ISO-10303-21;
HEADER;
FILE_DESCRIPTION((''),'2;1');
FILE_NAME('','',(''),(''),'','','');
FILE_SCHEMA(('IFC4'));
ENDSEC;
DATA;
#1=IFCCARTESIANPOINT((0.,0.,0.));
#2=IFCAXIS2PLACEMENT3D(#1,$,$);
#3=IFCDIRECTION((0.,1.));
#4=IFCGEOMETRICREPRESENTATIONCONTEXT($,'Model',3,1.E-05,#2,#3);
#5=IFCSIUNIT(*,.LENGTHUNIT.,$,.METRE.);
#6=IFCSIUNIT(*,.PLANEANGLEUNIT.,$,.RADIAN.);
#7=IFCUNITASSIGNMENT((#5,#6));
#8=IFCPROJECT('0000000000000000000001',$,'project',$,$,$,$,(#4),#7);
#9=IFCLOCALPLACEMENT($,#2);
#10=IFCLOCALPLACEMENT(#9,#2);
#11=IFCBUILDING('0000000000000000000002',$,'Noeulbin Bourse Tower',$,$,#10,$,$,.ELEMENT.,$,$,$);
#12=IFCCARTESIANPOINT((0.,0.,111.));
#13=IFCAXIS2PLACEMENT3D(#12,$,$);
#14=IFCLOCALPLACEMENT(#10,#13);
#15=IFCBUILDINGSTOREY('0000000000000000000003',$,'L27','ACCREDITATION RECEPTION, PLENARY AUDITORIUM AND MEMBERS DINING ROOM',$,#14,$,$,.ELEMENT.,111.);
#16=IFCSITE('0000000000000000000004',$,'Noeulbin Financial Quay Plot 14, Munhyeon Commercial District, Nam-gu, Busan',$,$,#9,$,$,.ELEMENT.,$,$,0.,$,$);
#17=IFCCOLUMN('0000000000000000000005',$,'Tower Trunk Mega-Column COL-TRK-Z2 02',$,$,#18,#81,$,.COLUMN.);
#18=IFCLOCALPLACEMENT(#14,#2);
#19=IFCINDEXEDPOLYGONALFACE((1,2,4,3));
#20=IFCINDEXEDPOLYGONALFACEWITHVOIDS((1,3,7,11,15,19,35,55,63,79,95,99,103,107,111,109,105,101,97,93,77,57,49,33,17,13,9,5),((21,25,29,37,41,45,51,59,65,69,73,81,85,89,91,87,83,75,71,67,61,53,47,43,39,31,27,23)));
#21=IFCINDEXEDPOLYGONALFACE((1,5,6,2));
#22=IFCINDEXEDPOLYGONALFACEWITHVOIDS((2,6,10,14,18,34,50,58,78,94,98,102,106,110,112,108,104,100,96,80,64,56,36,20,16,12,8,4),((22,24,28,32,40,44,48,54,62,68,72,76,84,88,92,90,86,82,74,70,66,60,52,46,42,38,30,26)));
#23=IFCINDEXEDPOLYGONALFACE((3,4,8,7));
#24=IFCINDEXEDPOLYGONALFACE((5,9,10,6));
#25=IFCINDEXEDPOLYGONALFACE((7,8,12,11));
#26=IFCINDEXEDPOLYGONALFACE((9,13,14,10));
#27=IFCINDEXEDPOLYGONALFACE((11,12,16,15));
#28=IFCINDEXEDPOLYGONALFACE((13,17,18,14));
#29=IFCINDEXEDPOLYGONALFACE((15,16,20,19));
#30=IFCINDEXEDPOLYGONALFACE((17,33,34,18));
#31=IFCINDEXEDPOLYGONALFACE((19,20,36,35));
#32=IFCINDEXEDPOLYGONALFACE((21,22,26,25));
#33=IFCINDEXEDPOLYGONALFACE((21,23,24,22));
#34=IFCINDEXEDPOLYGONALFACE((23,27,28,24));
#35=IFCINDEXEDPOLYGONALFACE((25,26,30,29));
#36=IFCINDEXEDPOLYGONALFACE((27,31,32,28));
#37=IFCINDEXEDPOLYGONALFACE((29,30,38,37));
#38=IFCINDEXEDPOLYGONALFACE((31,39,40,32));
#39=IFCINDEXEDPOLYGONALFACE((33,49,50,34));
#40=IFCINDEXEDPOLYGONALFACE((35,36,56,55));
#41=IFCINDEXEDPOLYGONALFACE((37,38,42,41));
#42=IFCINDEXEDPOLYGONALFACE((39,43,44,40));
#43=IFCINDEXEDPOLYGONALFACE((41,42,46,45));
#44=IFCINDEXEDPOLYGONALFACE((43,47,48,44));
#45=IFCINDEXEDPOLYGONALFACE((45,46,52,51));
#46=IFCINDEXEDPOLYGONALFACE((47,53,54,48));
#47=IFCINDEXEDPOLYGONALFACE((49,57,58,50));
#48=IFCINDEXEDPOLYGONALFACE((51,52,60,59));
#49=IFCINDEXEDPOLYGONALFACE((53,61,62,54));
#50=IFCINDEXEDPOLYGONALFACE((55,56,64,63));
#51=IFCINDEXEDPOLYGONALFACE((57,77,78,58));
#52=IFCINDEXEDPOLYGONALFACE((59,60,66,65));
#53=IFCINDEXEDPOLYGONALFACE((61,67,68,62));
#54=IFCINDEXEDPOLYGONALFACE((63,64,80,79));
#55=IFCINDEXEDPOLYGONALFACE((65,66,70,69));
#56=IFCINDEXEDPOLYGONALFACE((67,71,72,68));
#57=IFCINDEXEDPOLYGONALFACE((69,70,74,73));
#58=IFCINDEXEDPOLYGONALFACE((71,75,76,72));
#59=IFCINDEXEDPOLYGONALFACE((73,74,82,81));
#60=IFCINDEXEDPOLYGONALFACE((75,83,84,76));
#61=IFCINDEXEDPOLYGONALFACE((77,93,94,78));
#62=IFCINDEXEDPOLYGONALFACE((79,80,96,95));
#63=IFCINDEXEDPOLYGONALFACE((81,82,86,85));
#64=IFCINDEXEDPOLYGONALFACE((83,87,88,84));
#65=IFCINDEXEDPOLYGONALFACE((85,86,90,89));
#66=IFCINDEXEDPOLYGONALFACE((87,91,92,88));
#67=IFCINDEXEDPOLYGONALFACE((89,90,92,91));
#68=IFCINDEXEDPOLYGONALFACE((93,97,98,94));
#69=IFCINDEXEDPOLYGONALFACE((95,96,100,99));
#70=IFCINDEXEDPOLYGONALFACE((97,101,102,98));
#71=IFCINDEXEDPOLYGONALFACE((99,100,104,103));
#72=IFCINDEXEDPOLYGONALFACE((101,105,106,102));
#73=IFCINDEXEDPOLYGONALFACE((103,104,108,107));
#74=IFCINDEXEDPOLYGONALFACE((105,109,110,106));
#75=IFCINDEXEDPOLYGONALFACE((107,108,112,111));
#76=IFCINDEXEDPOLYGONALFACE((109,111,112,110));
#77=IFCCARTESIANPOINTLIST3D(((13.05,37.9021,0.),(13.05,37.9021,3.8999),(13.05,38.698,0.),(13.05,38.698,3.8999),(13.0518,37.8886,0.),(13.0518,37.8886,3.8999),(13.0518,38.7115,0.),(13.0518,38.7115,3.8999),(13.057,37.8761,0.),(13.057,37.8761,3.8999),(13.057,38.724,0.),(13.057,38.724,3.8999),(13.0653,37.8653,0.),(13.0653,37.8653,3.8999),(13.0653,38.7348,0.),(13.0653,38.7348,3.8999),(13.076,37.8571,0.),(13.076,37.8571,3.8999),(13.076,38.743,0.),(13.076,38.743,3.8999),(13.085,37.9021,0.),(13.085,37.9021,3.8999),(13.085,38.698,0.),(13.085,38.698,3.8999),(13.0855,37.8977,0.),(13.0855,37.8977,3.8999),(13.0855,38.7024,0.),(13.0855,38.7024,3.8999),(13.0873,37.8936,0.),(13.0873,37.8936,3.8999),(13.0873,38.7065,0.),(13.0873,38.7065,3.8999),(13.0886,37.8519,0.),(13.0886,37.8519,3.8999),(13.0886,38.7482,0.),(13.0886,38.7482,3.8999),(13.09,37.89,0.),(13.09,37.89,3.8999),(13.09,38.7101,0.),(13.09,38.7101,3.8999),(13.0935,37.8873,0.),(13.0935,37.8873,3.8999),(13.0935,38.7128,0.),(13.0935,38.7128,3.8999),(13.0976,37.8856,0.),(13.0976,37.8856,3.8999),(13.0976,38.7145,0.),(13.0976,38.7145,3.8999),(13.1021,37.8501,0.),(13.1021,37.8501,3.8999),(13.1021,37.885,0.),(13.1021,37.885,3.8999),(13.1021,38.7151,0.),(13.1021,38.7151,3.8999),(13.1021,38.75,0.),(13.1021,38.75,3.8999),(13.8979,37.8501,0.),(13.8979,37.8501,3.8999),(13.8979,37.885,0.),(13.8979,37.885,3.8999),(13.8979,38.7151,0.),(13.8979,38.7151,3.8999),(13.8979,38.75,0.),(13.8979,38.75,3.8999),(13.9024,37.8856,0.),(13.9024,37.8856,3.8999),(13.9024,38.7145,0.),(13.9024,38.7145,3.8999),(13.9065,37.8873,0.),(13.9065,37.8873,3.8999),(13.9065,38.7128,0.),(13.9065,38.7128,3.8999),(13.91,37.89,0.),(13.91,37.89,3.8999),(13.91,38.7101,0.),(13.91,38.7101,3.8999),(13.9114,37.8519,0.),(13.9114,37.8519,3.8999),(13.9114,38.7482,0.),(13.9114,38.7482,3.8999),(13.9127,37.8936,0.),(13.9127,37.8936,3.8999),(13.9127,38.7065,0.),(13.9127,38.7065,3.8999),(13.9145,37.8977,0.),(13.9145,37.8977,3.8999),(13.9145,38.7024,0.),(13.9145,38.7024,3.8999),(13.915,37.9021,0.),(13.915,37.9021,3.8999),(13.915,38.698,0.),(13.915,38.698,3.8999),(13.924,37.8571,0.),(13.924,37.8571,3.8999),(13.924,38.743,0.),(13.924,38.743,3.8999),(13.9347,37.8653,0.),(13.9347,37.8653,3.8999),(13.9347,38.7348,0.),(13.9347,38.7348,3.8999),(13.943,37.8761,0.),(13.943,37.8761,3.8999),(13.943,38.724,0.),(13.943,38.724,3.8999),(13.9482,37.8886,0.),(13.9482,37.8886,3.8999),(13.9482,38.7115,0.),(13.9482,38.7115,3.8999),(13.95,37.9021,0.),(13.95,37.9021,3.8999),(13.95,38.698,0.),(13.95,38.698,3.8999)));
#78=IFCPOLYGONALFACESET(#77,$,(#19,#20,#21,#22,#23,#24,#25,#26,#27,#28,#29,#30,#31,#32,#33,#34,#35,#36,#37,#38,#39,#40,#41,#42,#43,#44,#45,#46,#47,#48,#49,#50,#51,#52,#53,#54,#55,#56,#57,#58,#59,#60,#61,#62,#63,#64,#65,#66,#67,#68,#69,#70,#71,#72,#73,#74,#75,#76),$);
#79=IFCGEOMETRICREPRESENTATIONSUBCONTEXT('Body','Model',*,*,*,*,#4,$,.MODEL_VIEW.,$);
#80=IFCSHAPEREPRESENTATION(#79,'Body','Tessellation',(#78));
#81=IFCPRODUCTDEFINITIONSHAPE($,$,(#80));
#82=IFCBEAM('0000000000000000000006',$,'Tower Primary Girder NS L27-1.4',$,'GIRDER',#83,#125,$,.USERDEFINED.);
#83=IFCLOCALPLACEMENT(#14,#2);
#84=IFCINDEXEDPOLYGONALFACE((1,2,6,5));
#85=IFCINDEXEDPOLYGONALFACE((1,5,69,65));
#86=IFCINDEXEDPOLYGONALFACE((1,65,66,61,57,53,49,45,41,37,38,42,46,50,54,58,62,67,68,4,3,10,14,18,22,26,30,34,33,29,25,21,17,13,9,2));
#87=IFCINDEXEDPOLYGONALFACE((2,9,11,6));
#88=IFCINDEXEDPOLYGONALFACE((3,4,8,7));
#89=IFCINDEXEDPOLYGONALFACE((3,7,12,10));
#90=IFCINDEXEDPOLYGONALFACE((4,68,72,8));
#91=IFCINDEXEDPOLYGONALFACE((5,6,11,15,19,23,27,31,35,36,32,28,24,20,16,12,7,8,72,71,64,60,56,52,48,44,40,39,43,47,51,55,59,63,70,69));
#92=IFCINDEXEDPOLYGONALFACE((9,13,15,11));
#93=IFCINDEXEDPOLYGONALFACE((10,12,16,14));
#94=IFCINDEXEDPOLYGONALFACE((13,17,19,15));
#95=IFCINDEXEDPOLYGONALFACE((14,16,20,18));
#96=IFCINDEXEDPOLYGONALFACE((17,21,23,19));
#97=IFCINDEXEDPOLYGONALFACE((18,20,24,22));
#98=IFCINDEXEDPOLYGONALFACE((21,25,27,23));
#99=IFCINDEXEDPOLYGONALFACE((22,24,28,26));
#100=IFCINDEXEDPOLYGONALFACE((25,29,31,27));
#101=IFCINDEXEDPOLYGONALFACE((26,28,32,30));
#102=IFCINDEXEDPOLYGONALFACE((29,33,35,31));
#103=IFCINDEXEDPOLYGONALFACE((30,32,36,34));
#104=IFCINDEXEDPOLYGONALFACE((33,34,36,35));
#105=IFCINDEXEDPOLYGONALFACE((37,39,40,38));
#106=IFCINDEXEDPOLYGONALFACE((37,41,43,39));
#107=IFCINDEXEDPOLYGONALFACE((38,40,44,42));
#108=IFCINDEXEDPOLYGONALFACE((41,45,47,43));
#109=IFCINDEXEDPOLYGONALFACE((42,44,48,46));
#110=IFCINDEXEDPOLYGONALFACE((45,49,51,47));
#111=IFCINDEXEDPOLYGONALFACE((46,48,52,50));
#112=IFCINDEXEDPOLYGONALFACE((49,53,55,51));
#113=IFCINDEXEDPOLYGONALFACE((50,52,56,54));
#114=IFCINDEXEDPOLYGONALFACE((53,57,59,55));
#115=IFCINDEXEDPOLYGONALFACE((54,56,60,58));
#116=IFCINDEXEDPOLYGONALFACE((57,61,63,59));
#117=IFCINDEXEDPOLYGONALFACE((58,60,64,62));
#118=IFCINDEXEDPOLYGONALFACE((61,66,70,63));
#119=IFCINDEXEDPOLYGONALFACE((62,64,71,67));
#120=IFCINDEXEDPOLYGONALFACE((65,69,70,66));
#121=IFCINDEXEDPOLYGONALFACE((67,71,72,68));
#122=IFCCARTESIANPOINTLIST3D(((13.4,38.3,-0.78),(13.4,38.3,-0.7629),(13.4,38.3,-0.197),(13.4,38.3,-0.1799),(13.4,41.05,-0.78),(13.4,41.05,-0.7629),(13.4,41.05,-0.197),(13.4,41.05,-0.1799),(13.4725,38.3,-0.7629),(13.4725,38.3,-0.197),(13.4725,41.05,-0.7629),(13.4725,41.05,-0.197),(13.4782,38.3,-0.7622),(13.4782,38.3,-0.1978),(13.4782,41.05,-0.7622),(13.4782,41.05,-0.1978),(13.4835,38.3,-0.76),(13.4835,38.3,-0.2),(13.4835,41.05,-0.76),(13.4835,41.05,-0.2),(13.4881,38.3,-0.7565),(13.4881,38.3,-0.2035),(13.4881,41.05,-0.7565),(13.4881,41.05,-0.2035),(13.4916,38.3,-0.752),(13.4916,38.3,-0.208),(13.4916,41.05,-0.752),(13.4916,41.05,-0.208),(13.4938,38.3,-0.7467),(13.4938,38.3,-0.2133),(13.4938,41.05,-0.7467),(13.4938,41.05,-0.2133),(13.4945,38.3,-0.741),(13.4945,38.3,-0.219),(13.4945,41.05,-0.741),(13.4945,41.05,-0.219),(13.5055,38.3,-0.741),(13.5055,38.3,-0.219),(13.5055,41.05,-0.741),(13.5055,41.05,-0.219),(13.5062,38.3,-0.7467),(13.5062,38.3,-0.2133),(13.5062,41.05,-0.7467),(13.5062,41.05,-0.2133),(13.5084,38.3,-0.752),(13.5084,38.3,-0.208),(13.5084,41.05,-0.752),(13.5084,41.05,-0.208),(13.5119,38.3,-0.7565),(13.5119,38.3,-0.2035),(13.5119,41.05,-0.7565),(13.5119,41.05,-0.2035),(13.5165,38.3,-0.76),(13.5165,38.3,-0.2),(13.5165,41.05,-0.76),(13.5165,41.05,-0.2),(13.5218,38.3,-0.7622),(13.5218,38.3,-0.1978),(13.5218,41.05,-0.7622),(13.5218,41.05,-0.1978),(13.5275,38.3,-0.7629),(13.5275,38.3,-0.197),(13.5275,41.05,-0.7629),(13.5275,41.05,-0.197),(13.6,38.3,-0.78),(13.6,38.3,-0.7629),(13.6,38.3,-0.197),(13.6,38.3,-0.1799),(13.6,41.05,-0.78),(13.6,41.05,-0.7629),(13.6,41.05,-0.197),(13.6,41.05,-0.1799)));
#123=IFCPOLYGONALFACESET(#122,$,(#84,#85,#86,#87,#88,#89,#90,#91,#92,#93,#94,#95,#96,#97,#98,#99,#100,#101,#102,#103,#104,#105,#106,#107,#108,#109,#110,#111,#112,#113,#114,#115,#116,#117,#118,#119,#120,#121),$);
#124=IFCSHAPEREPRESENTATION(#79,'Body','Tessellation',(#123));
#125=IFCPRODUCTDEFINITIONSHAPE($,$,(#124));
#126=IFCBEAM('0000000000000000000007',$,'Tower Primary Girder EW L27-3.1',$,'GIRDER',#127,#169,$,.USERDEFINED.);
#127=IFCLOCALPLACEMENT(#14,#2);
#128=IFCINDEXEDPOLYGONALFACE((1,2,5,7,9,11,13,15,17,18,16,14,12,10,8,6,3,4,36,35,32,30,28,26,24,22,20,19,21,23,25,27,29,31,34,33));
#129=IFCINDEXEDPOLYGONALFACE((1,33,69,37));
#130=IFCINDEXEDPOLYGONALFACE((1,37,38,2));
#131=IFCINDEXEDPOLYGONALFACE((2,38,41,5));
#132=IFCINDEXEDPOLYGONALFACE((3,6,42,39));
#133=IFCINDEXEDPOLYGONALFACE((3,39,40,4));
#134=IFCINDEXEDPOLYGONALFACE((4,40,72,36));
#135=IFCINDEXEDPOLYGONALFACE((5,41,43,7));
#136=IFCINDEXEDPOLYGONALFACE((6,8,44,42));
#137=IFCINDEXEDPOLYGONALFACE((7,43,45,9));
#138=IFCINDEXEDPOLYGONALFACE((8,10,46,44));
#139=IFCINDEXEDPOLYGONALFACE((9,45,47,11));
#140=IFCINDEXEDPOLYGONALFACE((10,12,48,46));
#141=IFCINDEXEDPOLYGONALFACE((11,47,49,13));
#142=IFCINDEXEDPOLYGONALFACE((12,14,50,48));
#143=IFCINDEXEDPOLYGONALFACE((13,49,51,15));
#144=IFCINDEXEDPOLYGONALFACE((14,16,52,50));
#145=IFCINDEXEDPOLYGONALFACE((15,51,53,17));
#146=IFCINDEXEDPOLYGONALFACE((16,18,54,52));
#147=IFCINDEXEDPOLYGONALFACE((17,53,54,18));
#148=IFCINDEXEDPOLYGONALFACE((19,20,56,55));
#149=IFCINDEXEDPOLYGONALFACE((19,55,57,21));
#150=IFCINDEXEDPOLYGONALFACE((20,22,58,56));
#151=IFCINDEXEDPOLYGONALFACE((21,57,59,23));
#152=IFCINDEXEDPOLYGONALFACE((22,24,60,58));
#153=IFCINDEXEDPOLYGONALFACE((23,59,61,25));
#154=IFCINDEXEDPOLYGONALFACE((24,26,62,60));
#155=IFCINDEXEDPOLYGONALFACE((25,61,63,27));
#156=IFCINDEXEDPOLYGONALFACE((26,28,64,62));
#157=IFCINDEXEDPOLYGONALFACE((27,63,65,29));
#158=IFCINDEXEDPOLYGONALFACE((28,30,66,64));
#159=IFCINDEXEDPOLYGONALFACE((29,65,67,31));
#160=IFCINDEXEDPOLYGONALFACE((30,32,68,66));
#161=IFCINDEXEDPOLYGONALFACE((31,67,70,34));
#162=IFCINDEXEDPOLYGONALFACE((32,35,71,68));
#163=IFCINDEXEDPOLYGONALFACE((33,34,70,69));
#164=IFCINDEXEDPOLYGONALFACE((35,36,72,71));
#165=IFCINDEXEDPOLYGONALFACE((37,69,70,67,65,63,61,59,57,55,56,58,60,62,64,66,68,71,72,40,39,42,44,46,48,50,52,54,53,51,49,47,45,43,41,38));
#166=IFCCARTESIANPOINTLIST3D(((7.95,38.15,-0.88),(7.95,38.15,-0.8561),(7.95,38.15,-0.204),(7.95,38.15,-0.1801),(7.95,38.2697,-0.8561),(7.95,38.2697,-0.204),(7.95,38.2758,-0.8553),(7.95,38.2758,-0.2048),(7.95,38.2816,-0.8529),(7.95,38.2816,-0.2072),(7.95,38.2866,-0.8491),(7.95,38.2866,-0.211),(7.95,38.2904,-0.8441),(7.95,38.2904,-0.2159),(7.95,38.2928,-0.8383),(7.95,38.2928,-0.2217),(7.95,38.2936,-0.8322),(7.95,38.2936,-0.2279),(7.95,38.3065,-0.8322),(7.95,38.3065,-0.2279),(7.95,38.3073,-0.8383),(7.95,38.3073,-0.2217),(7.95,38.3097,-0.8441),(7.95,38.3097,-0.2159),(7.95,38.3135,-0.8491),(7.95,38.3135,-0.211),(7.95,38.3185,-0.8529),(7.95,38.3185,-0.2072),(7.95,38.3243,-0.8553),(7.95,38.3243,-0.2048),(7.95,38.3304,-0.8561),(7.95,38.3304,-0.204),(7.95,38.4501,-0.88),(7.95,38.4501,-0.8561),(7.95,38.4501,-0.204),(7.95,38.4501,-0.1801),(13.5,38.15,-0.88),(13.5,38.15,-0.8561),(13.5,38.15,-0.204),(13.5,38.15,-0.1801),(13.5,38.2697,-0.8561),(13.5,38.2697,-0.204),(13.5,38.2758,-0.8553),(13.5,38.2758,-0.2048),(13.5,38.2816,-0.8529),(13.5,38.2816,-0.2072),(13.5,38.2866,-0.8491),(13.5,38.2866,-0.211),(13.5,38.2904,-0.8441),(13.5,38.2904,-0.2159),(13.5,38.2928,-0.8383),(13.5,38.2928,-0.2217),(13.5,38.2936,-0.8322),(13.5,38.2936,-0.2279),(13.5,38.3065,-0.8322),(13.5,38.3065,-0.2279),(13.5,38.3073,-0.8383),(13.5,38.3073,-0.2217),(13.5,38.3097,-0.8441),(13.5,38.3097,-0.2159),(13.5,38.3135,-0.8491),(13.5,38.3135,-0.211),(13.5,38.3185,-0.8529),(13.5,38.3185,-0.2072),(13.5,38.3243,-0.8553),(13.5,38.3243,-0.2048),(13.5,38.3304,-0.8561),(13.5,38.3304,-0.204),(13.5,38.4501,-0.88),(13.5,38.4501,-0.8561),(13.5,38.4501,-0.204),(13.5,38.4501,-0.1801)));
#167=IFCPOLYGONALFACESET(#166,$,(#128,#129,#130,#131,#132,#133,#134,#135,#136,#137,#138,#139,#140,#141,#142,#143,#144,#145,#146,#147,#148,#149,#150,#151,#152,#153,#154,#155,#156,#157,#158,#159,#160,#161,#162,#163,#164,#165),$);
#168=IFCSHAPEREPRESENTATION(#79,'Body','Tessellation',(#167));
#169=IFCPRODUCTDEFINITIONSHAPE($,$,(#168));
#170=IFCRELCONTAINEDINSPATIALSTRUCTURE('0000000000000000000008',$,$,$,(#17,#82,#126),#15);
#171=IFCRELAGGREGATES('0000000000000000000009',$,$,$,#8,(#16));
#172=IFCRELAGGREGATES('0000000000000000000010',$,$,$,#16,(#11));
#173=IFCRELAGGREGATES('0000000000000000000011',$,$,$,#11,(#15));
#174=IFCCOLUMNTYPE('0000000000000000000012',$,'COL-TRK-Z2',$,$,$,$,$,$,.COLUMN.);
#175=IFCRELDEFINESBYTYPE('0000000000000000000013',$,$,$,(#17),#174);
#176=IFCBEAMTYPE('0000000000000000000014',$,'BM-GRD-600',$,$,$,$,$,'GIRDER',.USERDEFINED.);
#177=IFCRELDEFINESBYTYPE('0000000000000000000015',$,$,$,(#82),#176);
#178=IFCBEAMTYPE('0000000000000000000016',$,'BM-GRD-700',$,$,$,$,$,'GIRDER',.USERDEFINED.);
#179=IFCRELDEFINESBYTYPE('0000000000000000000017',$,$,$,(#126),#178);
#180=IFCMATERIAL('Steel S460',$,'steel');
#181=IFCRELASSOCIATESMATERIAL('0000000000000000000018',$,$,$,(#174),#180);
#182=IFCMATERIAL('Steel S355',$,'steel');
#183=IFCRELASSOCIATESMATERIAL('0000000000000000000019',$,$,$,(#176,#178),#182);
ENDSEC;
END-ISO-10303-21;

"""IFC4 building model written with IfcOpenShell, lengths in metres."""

from ifc_helpers import new_model, si_unit, direction, frame, origin, origin_2d, place, context, subcontext, project, spatial, hollow_rectangle, i_section, extrude, material, material_profile, profile_set, type_object, element, save


model = new_model("IFC4")

# Units and contexts
model_context = context("Model", 3, precision=1e-05, world=origin(), true_north=direction((0.0, 1.0)))
body_context = subcontext(model_context, "Body", "Model", "MODEL_VIEW")
ifc_project = project(units=[si_unit("LENGTHUNIT", "METRE"), si_unit("PLANEANGLEUNIT", "RADIAN")], contexts=[model_context])

# Site, building, storey
site_placement = place(None, origin())
site = spatial("IfcSite", under=ifc_project, at=site_placement, Name="Noeulbin Financial Quay Plot 14, Munhyeon Commercial District, Nam-gu, Busan", CompositionType="ELEMENT", RefElevation=0.0)
building_placement = place(site_placement, origin())
building = spatial("IfcBuilding", under=site, at=building_placement, Name="Noeulbin Bourse Tower", CompositionType="ELEMENT")
storey_placement = place(building_placement, frame((0.0, 0.0, 111.0)))
storey = spatial("IfcBuildingStorey", under=building, at=storey_placement, Name="L27", Description="ACCREDITATION RECEPTION, PLENARY AUDITORIUM AND MEMBERS DINING ROOM", CompositionType="ELEMENT", Elevation=111.0)

# Column
ifc_material_1 = material(Name="Steel S355", Category="steel")
ifc_material_2 = material(Name="Steel S460", Category="steel")
ifc_material_profile_1 = material_profile(ifc_material_2, hollow_rectangle(XDim=0.8999, YDim=0.8999, WallThickness=0.0349, InnerFilletRadius=0.0171, OuterFilletRadius=0.052, at=origin_2d()), Name="BOX-900x900x35", Category="LoadBearing")
ifc_profile_set_1 = profile_set([ifc_material_profile_1], Name="Steel S460")
column_type_1 = type_object("IfcColumnType", Name="COL-TRK-Z2", PredefinedType="COLUMN", material=ifc_profile_set_1)
column_1_placement = place(storey_placement, frame((13.5, 38.3, 0.0), z_axis=(0.0, 0.0, 1.0), x_axis=(1.0, 0.0, 0.0)))
element("IfcColumn", 1, at=column_1_placement, inside=storey, type_object=column_type_1, Name="Tower Trunk Mega-Column COL-TRK-Z2 02", PredefinedType="COLUMN", context=body_context, shape_type="SweptSolid", body=[
    extrude(hollow_rectangle(XDim=0.8999, YDim=0.8999, WallThickness=0.0349, InnerFilletRadius=0.0171, OuterFilletRadius=0.052, at=origin_2d()), origin(), (0.0, 0.0, 1.0), 3.8999),
])

# Beams
ifc_material_profile_2 = material_profile(ifc_material_1, i_section(OverallWidth=0.2, OverallDepth=0.6001, WebThickness=0.011, FlangeThickness=0.0171, FilletRadius=0.022, at=origin_2d()), Name="H-600x200x11x17", Category="LoadBearing")
ifc_profile_set_2 = profile_set([ifc_material_profile_2], Name="Steel S355")
beam_type_1 = type_object("IfcBeamType", Name="BM-GRD-600", ElementType="GIRDER", PredefinedType="USERDEFINED", material=ifc_profile_set_2)
beam_1_placement = place(storey_placement, frame((13.5, 38.3, -0.48), z_axis=(0.0, 1.0, 0.0), x_axis=(-1.0, 0.0, 0.0)))
element("IfcBeam", 2, at=beam_1_placement, inside=storey, type_object=beam_type_1, Name="Tower Primary Girder NS L27-1.4", ObjectType="GIRDER", PredefinedType="USERDEFINED", context=body_context, shape_type="SweptSolid", body=[
    extrude(i_section(OverallWidth=0.2, OverallDepth=0.6001, WebThickness=0.011, FlangeThickness=0.0171, FilletRadius=0.022, at=origin_2d()), origin(), (0.0, 0.0, 1.0), 2.75),
])
ifc_material_profile_3 = material_profile(ifc_material_1, i_section(OverallWidth=0.3, OverallDepth=0.7, WebThickness=0.0129, FlangeThickness=0.0239, FilletRadius=0.0239, at=origin_2d()), Name="H-700x300x13x24", Category="LoadBearing")
ifc_profile_set_3 = profile_set([ifc_material_profile_3], Name="Steel S355")
beam_type_2 = type_object("IfcBeamType", Name="BM-GRD-700", ElementType="GIRDER", PredefinedType="USERDEFINED", material=ifc_profile_set_3)
beam_2_placement = place(storey_placement, frame((7.95, 38.3, -0.53), z_axis=(1.0, 0.0, 0.0), x_axis=(0.0, 1.0, 0.0)))
element("IfcBeam", 3, at=beam_2_placement, inside=storey, type_object=beam_type_2, Name="Tower Primary Girder EW L27-3.1", ObjectType="GIRDER", PredefinedType="USERDEFINED", context=body_context, shape_type="SweptSolid", body=[
    extrude(i_section(OverallWidth=0.3, OverallDepth=0.7, WebThickness=0.0129, FlangeThickness=0.0239, FilletRadius=0.0239, at=origin_2d()), origin(), (0.0, 0.0, 1.0), 5.55),
])

save(model, "model.ifc")
